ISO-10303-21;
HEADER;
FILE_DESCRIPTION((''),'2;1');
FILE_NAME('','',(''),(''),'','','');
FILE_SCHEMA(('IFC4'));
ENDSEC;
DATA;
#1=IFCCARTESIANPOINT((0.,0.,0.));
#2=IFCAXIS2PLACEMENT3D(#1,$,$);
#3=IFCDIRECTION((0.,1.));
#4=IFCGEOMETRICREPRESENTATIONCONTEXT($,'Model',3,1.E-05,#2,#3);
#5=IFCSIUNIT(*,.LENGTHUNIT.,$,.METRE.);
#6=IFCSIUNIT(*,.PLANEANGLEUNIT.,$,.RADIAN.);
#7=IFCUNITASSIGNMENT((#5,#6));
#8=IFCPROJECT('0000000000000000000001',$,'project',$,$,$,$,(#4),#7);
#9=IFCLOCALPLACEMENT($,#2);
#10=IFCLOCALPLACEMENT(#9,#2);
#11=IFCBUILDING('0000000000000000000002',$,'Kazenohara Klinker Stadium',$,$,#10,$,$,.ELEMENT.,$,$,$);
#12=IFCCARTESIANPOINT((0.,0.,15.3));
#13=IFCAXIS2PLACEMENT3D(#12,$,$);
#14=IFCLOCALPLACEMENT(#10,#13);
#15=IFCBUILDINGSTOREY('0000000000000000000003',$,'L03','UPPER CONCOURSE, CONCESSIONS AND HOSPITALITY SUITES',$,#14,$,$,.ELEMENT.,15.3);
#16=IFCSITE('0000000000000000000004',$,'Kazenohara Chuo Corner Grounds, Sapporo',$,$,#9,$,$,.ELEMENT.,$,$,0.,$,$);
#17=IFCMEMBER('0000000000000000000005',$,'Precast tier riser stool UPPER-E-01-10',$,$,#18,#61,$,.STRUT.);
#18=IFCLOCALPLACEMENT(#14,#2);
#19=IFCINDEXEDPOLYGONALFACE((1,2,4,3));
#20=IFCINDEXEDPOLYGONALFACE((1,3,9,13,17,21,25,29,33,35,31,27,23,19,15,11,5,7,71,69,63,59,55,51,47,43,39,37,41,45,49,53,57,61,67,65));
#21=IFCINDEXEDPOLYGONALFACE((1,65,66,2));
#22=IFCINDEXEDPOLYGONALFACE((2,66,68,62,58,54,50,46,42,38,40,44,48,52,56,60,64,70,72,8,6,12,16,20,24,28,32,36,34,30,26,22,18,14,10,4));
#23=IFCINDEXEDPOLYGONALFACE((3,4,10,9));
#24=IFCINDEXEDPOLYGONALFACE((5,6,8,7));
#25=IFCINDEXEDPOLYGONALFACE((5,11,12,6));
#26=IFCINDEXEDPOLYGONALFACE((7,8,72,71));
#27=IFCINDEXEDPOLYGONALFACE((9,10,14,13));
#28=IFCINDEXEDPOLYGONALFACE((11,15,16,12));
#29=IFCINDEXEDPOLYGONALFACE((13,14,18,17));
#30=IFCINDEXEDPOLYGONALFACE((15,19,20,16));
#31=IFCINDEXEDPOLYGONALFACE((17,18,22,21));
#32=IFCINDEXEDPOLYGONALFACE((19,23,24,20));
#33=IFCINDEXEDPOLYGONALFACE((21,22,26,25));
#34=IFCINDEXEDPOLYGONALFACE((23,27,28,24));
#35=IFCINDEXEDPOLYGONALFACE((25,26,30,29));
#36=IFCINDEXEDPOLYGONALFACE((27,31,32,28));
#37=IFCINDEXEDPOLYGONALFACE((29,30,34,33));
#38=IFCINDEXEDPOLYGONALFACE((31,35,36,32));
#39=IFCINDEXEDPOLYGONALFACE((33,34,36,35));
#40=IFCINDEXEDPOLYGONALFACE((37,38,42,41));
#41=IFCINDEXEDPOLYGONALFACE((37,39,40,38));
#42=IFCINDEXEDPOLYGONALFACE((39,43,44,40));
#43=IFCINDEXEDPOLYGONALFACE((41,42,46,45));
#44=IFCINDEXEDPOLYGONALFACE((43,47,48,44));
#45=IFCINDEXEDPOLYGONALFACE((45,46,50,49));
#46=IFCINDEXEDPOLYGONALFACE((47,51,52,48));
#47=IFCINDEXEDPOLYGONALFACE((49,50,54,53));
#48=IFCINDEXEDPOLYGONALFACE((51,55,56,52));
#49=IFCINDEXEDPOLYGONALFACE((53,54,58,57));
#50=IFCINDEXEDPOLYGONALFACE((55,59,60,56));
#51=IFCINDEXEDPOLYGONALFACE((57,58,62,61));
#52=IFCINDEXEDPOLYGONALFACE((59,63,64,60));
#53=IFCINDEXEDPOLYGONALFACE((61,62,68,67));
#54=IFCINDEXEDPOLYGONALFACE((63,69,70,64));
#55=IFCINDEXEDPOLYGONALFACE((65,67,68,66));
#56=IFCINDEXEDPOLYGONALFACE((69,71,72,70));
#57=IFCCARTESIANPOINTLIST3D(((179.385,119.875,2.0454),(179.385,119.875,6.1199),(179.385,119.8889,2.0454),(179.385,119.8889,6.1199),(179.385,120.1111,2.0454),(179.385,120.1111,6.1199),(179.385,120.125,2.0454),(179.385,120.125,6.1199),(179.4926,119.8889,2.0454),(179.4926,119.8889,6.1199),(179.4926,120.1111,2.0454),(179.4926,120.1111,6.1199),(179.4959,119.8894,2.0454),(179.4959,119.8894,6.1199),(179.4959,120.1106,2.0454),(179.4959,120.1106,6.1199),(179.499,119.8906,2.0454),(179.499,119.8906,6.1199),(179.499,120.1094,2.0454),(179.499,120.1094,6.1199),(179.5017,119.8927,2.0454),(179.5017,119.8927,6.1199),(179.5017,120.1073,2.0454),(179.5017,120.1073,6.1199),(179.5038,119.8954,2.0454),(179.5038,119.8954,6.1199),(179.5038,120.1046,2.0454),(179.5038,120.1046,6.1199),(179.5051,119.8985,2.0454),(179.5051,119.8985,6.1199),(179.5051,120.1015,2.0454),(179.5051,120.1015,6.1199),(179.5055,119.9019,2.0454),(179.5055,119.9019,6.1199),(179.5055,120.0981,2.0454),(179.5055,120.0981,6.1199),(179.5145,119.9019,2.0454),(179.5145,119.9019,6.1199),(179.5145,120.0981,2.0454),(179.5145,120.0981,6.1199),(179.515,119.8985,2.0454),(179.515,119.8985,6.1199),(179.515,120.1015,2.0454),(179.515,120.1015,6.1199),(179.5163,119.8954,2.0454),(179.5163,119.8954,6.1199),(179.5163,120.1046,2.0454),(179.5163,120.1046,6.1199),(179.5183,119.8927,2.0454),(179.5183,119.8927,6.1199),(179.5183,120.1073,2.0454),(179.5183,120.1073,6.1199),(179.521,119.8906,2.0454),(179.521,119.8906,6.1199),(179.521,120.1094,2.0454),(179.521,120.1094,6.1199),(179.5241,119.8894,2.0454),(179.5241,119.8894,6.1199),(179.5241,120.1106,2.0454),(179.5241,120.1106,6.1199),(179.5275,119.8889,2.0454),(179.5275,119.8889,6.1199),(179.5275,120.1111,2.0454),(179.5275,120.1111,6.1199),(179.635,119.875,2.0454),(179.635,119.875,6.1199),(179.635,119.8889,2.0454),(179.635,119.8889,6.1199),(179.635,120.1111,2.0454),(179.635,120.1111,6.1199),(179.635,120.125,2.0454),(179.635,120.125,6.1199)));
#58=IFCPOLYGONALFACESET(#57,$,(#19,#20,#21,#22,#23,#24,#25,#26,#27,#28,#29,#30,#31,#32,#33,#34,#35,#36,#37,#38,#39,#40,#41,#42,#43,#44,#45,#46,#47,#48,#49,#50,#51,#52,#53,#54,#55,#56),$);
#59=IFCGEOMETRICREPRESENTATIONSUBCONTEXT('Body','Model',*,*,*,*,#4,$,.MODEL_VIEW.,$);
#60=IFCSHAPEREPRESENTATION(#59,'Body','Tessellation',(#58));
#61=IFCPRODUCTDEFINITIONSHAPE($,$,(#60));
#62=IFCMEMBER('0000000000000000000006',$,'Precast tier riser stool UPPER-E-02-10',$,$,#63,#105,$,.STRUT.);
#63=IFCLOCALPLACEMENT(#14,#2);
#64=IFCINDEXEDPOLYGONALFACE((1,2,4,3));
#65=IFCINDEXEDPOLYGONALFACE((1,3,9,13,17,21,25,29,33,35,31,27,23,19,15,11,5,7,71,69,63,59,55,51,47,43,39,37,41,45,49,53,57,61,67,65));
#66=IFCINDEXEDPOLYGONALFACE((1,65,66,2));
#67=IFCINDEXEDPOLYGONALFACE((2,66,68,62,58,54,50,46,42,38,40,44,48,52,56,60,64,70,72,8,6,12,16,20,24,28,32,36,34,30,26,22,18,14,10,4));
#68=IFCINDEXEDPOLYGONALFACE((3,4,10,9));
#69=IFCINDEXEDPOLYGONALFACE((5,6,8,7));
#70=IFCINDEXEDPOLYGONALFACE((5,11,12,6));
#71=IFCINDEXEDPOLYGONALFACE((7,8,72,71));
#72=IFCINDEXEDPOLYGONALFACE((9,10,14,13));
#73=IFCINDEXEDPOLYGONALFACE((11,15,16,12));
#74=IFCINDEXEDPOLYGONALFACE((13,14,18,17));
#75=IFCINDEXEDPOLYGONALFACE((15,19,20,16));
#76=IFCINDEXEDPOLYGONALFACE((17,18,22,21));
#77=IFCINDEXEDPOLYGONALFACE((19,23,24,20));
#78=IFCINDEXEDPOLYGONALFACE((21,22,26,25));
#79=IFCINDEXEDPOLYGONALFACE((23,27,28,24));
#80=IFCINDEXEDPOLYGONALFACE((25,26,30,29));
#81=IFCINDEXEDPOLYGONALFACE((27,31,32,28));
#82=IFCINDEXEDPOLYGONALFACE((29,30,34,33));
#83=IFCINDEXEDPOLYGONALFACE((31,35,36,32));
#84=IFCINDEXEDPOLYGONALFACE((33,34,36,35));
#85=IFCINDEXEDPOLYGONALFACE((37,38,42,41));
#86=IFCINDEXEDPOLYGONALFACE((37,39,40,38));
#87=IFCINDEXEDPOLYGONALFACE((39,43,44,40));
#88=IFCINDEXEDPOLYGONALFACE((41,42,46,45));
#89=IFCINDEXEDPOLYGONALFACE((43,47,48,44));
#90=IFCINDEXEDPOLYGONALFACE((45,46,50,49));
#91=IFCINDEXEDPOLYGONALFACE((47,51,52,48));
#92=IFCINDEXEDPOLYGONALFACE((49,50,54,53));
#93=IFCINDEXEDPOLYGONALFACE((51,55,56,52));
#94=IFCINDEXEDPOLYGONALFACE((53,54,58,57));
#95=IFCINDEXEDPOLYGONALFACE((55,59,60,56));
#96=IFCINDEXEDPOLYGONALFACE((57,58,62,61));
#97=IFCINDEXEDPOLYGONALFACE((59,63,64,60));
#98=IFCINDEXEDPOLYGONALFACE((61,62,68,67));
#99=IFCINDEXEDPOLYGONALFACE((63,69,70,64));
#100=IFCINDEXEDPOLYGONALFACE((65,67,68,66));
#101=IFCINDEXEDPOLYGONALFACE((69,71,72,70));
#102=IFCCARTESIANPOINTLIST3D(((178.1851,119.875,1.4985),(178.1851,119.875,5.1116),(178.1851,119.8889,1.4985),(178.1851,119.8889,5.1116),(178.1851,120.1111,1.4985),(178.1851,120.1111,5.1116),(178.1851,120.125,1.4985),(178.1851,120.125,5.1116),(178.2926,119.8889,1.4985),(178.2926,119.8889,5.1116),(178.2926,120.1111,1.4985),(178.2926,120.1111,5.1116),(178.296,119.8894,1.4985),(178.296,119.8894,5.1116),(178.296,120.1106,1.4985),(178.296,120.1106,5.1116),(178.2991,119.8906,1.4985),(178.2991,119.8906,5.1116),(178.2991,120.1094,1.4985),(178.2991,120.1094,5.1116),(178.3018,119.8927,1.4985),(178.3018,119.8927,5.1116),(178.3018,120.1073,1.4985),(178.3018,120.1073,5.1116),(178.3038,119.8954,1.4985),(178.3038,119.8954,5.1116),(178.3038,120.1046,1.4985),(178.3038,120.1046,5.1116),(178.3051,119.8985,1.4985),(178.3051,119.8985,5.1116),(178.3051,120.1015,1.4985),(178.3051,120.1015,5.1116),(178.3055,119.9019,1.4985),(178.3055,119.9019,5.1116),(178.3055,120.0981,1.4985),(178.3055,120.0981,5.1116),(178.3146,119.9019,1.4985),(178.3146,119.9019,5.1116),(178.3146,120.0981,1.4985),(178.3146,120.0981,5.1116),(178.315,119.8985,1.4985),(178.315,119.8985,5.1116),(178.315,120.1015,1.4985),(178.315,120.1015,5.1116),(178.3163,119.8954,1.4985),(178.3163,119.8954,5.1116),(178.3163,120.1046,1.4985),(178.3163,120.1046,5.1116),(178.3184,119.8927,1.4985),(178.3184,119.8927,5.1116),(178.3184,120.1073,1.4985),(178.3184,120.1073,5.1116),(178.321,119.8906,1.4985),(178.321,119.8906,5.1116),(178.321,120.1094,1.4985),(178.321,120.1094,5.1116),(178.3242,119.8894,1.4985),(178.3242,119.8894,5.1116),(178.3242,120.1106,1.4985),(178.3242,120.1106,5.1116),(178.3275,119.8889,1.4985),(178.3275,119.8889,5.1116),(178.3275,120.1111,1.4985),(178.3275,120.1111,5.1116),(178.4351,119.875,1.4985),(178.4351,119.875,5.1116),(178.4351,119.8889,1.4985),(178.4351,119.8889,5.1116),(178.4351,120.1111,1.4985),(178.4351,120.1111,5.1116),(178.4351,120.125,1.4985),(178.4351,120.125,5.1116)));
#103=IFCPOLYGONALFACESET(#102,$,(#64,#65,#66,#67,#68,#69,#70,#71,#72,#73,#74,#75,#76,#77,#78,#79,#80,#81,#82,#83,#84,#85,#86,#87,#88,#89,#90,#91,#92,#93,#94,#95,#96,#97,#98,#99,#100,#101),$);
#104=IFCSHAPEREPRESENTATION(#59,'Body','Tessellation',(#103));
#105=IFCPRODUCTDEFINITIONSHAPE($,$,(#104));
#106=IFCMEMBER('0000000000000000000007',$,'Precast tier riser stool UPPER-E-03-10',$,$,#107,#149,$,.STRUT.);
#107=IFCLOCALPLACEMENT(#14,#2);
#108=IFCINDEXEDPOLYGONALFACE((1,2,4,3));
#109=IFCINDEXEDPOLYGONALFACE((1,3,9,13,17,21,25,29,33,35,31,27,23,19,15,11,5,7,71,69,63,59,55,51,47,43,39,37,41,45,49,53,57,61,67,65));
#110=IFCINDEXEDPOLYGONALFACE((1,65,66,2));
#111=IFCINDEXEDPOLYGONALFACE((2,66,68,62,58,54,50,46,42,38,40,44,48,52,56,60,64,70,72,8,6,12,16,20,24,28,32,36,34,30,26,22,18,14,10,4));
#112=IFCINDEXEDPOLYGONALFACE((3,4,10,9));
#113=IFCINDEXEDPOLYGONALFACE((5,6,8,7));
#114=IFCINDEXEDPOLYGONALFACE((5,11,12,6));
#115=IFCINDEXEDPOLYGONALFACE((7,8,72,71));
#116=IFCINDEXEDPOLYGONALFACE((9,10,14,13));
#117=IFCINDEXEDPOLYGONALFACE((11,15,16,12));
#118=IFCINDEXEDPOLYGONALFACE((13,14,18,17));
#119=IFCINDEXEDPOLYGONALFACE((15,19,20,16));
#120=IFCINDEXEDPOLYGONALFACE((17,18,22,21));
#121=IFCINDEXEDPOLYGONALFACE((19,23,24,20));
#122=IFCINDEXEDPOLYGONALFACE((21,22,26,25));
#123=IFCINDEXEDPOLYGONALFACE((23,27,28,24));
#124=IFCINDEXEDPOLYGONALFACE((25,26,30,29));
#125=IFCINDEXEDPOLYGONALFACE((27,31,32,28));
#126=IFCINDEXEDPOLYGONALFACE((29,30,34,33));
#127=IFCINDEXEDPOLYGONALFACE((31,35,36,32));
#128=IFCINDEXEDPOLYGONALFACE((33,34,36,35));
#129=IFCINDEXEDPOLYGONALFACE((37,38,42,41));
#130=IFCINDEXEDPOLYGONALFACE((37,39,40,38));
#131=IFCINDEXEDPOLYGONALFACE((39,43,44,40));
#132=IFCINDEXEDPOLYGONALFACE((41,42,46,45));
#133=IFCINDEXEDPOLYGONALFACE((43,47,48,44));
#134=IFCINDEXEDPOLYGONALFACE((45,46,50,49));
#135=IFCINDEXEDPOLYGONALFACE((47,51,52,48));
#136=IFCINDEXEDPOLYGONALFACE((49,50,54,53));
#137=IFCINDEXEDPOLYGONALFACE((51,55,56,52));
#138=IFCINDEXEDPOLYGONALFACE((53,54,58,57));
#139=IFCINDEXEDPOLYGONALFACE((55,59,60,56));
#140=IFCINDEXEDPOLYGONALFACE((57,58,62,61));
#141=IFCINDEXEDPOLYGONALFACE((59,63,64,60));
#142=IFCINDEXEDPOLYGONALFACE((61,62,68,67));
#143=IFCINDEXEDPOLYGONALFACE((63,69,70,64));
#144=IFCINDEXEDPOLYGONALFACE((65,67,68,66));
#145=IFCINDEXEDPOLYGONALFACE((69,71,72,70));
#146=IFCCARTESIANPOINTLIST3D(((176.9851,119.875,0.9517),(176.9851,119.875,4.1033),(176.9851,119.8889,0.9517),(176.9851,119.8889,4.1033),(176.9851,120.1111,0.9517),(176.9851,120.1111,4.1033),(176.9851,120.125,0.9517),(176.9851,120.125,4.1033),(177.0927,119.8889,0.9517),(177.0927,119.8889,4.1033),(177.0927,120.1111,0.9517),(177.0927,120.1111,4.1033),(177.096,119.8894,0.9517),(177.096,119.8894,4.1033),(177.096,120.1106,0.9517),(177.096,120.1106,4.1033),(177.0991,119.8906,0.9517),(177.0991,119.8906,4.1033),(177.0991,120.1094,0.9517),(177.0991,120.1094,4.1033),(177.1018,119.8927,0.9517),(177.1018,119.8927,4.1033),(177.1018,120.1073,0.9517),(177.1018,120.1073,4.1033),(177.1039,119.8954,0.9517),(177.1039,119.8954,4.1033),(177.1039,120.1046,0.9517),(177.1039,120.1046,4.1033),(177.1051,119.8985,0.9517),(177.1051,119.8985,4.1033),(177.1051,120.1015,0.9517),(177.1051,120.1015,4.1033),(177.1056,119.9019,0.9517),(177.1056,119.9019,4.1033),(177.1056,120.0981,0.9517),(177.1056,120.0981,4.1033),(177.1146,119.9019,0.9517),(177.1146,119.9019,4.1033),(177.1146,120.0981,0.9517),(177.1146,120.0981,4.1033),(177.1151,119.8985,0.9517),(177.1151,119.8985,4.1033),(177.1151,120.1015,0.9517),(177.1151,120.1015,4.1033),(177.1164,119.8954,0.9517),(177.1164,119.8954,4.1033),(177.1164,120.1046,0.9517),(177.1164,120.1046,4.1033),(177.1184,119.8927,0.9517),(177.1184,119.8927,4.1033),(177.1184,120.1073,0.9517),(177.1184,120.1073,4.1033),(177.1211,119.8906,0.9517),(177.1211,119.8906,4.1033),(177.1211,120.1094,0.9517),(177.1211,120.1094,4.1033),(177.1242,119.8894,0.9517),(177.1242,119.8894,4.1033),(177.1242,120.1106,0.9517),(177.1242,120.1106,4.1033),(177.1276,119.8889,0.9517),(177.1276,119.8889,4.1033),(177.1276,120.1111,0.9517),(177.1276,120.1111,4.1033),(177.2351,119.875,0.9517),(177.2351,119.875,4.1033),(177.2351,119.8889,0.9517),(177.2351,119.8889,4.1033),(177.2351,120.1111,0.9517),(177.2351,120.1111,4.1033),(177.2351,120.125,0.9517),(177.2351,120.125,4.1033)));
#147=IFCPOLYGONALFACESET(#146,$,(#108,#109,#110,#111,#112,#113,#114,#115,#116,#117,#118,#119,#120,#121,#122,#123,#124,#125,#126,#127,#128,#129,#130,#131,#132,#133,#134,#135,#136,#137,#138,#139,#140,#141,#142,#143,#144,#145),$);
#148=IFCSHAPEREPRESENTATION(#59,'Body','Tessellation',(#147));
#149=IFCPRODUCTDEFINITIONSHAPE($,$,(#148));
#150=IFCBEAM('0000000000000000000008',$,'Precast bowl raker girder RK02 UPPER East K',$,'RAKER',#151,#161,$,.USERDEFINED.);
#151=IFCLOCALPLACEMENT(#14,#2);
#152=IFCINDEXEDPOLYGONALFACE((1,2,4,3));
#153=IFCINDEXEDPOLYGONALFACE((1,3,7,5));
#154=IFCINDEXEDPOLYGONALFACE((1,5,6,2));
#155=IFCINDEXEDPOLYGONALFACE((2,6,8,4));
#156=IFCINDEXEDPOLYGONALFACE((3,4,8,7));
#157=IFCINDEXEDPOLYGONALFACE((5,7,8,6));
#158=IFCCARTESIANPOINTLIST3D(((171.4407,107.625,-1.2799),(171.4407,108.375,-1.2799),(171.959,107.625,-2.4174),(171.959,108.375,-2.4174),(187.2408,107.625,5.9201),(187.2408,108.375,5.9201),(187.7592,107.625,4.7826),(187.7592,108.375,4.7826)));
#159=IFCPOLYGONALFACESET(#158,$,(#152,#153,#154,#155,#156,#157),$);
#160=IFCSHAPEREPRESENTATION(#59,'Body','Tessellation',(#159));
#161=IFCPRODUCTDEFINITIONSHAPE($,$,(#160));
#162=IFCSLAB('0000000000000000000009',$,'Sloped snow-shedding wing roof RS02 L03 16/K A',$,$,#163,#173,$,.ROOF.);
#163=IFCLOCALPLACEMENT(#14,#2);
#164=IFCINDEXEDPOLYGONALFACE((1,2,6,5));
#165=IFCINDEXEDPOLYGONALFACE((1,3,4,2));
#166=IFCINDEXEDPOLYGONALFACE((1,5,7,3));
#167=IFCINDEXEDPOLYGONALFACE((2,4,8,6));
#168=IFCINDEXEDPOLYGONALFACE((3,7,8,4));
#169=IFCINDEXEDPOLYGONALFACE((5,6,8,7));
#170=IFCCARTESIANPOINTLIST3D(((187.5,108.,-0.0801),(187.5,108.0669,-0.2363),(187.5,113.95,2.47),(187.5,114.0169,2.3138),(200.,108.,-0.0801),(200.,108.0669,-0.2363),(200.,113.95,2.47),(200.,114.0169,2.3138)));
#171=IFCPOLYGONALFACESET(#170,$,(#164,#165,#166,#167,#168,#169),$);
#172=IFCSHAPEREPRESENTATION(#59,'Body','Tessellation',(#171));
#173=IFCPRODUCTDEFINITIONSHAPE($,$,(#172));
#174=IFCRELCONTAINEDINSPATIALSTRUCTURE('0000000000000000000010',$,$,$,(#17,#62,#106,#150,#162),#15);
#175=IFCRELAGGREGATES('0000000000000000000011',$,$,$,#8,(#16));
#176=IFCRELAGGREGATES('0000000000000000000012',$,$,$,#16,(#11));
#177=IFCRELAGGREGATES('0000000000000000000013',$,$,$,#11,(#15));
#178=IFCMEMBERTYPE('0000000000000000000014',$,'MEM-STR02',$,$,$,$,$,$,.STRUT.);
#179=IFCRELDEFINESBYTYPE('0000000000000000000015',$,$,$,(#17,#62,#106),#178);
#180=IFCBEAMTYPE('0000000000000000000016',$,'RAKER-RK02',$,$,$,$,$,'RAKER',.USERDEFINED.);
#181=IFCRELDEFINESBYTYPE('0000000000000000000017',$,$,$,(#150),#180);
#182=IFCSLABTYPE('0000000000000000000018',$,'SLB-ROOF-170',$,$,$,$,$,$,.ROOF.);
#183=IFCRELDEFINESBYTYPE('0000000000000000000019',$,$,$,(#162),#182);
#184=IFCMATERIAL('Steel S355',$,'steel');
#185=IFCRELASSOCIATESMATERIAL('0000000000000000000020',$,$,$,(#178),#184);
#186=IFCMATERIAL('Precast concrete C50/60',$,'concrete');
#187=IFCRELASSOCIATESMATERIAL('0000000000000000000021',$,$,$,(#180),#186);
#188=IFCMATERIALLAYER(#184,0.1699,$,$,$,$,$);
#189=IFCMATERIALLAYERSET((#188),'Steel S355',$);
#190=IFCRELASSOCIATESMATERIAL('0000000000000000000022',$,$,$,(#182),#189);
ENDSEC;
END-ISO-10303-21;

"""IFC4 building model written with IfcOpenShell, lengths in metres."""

from ifc_helpers import new_model, si_unit, direction, frame, origin, origin_2d, place, context, subcontext, project, spatial, polyline, rectangle, i_section, outline, extrude, material, layer, layer_set, material_profile, profile_set, type_object, element, save


model = new_model("IFC4")

# Units and contexts
model_context = context("Model", 3, precision=1e-05, world=origin(), true_north=direction((0.0, 1.0)))
body_context = subcontext(model_context, "Body", "Model", "MODEL_VIEW")
ifc_project = project(units=[si_unit("LENGTHUNIT", "METRE"), si_unit("PLANEANGLEUNIT", "RADIAN")], contexts=[model_context])

# Site, building, storey
site_placement = place(None, origin())
site = spatial("IfcSite", under=ifc_project, at=site_placement, Name="Kazenohara Chuo Corner Grounds, Sapporo", CompositionType="ELEMENT", RefElevation=0.0)
building_placement = place(site_placement, origin())
building = spatial("IfcBuilding", under=site, at=building_placement, Name="Kazenohara Klinker Stadium", CompositionType="ELEMENT")
storey_placement = place(building_placement, frame((0.0, 0.0, 15.3)))
storey = spatial("IfcBuildingStorey", under=building, at=storey_placement, Name="L03", Description="UPPER CONCOURSE, CONCESSIONS AND HOSPITALITY SUITES", CompositionType="ELEMENT", Elevation=15.3)

# Shared definitions
ifc_material_1 = material(Name="Steel S355", Category="steel")

# Members
ifc_material_profile_1 = material_profile(ifc_material_1, i_section(OverallWidth=0.25, OverallDepth=0.25, WebThickness=0.009, FlangeThickness=0.0139, FilletRadius=0.0129, at=origin_2d()), Name="H-250x250x9x14")
ifc_profile_set_1 = profile_set([ifc_material_profile_1], Name="Steel S355")
member_type_1 = type_object("IfcMemberType", Name="MEM-STR02", PredefinedType="STRUT", material=ifc_profile_set_1)
member_1_placement = place(storey_placement, frame((179.51, 120.0, 2.0454), z_axis=(0.0, 0.0, 1.0), x_axis=(1.0, 0.0, 0.0)))
element("IfcMember", 1, at=member_1_placement, inside=storey, type_object=member_type_1, Name="Precast tier riser stool UPPER-E-01-10", PredefinedType="STRUT", context=body_context, shape_type="SweptSolid", body=[
    extrude(i_section(OverallWidth=0.25, OverallDepth=0.25, WebThickness=0.009, FlangeThickness=0.0139, FilletRadius=0.0129, at=origin_2d()), origin(), (0.0, 0.0, 1.0), 4.0745),
])
member_2_placement = place(storey_placement, frame((178.3101, 120.0, 1.4985), z_axis=(0.0, 0.0, 1.0), x_axis=(1.0, 0.0, 0.0)))
element("IfcMember", 2, at=member_2_placement, inside=storey, type_object=member_type_1, Name="Precast tier riser stool UPPER-E-02-10", PredefinedType="STRUT", context=body_context, shape_type="SweptSolid", body=[
    extrude(i_section(OverallWidth=0.25, OverallDepth=0.25, WebThickness=0.009, FlangeThickness=0.0139, FilletRadius=0.0129, at=origin_2d()), origin(), (0.0, 0.0, 1.0), 3.613),
])
member_3_placement = place(storey_placement, frame((177.1101, 120.0, 0.9517), z_axis=(0.0, 0.0, 1.0), x_axis=(1.0, 0.0, 0.0)))
element("IfcMember", 3, at=member_3_placement, inside=storey, type_object=member_type_1, Name="Precast tier riser stool UPPER-E-03-10", PredefinedType="STRUT", context=body_context, shape_type="SweptSolid", body=[
    extrude(i_section(OverallWidth=0.25, OverallDepth=0.25, WebThickness=0.009, FlangeThickness=0.0139, FilletRadius=0.0129, at=origin_2d()), origin(), (0.0, 0.0, 1.0), 3.1516),
])

# Beam
ifc_material_2 = material(Name="Precast concrete C50/60", Category="concrete")
ifc_material_profile_2 = material_profile(ifc_material_2, rectangle(XDim=0.75, YDim=1.25, at=origin_2d()), Name="PC-RAKER-750x1250")
ifc_profile_set_2 = profile_set([ifc_material_profile_2], Name="Precast concrete C50/60")
beam_type_1 = type_object("IfcBeamType", Name="RAKER-RK02", ElementType="RAKER", PredefinedType="USERDEFINED", material=ifc_profile_set_2)
beam_1_placement = place(storey_placement, frame((187.5, 108.0, 5.3513), z_axis=(-0.909973, 0.0, -0.414667), x_axis=(0.0, -1.0, 0.0)))
element("IfcBeam", 4, at=beam_1_placement, inside=storey, type_object=beam_type_1, Name="Precast bowl raker girder RK02 UPPER East K", ObjectType="RAKER", PredefinedType="USERDEFINED", context=body_context, shape_type="SweptSolid", body=[
    extrude(rectangle(XDim=0.75, YDim=1.25, at=origin_2d()), origin(), (0.0, 0.0, 1.0), 17.3633),
])

# Slab
ifc_layer_1 = layer(ifc_material_1, 0.1699)
ifc_layer_set_1 = layer_set([ifc_layer_1], Name="Steel S355")
slab_type = type_object("IfcSlabType", Name="SLB-ROOF-170", PredefinedType="ROOF", material=ifc_layer_set_1)
slab_placement = place(storey_placement, frame((187.5, 108.0, -0.0801), z_axis=(0.0, -0.393928, 0.919141), x_axis=(1.0, 0.0, 0.0)))
element("IfcSlab", 5, at=slab_placement, inside=storey, type_object=slab_type, Name="Sloped snow-shedding wing roof RS02 L03 16/K A", PredefinedType="ROOF", context=body_context, shape_type="SweptSolid", body=[
    extrude(outline(polyline([(0.0, 0.0), (12.5, 0.0), (12.5, 6.4734), (0.0, 6.4734), (0.0, 0.0)])), origin(), (0.0, 0.0, -1.0), 0.1699),
])

save(model, "model.ifc")
